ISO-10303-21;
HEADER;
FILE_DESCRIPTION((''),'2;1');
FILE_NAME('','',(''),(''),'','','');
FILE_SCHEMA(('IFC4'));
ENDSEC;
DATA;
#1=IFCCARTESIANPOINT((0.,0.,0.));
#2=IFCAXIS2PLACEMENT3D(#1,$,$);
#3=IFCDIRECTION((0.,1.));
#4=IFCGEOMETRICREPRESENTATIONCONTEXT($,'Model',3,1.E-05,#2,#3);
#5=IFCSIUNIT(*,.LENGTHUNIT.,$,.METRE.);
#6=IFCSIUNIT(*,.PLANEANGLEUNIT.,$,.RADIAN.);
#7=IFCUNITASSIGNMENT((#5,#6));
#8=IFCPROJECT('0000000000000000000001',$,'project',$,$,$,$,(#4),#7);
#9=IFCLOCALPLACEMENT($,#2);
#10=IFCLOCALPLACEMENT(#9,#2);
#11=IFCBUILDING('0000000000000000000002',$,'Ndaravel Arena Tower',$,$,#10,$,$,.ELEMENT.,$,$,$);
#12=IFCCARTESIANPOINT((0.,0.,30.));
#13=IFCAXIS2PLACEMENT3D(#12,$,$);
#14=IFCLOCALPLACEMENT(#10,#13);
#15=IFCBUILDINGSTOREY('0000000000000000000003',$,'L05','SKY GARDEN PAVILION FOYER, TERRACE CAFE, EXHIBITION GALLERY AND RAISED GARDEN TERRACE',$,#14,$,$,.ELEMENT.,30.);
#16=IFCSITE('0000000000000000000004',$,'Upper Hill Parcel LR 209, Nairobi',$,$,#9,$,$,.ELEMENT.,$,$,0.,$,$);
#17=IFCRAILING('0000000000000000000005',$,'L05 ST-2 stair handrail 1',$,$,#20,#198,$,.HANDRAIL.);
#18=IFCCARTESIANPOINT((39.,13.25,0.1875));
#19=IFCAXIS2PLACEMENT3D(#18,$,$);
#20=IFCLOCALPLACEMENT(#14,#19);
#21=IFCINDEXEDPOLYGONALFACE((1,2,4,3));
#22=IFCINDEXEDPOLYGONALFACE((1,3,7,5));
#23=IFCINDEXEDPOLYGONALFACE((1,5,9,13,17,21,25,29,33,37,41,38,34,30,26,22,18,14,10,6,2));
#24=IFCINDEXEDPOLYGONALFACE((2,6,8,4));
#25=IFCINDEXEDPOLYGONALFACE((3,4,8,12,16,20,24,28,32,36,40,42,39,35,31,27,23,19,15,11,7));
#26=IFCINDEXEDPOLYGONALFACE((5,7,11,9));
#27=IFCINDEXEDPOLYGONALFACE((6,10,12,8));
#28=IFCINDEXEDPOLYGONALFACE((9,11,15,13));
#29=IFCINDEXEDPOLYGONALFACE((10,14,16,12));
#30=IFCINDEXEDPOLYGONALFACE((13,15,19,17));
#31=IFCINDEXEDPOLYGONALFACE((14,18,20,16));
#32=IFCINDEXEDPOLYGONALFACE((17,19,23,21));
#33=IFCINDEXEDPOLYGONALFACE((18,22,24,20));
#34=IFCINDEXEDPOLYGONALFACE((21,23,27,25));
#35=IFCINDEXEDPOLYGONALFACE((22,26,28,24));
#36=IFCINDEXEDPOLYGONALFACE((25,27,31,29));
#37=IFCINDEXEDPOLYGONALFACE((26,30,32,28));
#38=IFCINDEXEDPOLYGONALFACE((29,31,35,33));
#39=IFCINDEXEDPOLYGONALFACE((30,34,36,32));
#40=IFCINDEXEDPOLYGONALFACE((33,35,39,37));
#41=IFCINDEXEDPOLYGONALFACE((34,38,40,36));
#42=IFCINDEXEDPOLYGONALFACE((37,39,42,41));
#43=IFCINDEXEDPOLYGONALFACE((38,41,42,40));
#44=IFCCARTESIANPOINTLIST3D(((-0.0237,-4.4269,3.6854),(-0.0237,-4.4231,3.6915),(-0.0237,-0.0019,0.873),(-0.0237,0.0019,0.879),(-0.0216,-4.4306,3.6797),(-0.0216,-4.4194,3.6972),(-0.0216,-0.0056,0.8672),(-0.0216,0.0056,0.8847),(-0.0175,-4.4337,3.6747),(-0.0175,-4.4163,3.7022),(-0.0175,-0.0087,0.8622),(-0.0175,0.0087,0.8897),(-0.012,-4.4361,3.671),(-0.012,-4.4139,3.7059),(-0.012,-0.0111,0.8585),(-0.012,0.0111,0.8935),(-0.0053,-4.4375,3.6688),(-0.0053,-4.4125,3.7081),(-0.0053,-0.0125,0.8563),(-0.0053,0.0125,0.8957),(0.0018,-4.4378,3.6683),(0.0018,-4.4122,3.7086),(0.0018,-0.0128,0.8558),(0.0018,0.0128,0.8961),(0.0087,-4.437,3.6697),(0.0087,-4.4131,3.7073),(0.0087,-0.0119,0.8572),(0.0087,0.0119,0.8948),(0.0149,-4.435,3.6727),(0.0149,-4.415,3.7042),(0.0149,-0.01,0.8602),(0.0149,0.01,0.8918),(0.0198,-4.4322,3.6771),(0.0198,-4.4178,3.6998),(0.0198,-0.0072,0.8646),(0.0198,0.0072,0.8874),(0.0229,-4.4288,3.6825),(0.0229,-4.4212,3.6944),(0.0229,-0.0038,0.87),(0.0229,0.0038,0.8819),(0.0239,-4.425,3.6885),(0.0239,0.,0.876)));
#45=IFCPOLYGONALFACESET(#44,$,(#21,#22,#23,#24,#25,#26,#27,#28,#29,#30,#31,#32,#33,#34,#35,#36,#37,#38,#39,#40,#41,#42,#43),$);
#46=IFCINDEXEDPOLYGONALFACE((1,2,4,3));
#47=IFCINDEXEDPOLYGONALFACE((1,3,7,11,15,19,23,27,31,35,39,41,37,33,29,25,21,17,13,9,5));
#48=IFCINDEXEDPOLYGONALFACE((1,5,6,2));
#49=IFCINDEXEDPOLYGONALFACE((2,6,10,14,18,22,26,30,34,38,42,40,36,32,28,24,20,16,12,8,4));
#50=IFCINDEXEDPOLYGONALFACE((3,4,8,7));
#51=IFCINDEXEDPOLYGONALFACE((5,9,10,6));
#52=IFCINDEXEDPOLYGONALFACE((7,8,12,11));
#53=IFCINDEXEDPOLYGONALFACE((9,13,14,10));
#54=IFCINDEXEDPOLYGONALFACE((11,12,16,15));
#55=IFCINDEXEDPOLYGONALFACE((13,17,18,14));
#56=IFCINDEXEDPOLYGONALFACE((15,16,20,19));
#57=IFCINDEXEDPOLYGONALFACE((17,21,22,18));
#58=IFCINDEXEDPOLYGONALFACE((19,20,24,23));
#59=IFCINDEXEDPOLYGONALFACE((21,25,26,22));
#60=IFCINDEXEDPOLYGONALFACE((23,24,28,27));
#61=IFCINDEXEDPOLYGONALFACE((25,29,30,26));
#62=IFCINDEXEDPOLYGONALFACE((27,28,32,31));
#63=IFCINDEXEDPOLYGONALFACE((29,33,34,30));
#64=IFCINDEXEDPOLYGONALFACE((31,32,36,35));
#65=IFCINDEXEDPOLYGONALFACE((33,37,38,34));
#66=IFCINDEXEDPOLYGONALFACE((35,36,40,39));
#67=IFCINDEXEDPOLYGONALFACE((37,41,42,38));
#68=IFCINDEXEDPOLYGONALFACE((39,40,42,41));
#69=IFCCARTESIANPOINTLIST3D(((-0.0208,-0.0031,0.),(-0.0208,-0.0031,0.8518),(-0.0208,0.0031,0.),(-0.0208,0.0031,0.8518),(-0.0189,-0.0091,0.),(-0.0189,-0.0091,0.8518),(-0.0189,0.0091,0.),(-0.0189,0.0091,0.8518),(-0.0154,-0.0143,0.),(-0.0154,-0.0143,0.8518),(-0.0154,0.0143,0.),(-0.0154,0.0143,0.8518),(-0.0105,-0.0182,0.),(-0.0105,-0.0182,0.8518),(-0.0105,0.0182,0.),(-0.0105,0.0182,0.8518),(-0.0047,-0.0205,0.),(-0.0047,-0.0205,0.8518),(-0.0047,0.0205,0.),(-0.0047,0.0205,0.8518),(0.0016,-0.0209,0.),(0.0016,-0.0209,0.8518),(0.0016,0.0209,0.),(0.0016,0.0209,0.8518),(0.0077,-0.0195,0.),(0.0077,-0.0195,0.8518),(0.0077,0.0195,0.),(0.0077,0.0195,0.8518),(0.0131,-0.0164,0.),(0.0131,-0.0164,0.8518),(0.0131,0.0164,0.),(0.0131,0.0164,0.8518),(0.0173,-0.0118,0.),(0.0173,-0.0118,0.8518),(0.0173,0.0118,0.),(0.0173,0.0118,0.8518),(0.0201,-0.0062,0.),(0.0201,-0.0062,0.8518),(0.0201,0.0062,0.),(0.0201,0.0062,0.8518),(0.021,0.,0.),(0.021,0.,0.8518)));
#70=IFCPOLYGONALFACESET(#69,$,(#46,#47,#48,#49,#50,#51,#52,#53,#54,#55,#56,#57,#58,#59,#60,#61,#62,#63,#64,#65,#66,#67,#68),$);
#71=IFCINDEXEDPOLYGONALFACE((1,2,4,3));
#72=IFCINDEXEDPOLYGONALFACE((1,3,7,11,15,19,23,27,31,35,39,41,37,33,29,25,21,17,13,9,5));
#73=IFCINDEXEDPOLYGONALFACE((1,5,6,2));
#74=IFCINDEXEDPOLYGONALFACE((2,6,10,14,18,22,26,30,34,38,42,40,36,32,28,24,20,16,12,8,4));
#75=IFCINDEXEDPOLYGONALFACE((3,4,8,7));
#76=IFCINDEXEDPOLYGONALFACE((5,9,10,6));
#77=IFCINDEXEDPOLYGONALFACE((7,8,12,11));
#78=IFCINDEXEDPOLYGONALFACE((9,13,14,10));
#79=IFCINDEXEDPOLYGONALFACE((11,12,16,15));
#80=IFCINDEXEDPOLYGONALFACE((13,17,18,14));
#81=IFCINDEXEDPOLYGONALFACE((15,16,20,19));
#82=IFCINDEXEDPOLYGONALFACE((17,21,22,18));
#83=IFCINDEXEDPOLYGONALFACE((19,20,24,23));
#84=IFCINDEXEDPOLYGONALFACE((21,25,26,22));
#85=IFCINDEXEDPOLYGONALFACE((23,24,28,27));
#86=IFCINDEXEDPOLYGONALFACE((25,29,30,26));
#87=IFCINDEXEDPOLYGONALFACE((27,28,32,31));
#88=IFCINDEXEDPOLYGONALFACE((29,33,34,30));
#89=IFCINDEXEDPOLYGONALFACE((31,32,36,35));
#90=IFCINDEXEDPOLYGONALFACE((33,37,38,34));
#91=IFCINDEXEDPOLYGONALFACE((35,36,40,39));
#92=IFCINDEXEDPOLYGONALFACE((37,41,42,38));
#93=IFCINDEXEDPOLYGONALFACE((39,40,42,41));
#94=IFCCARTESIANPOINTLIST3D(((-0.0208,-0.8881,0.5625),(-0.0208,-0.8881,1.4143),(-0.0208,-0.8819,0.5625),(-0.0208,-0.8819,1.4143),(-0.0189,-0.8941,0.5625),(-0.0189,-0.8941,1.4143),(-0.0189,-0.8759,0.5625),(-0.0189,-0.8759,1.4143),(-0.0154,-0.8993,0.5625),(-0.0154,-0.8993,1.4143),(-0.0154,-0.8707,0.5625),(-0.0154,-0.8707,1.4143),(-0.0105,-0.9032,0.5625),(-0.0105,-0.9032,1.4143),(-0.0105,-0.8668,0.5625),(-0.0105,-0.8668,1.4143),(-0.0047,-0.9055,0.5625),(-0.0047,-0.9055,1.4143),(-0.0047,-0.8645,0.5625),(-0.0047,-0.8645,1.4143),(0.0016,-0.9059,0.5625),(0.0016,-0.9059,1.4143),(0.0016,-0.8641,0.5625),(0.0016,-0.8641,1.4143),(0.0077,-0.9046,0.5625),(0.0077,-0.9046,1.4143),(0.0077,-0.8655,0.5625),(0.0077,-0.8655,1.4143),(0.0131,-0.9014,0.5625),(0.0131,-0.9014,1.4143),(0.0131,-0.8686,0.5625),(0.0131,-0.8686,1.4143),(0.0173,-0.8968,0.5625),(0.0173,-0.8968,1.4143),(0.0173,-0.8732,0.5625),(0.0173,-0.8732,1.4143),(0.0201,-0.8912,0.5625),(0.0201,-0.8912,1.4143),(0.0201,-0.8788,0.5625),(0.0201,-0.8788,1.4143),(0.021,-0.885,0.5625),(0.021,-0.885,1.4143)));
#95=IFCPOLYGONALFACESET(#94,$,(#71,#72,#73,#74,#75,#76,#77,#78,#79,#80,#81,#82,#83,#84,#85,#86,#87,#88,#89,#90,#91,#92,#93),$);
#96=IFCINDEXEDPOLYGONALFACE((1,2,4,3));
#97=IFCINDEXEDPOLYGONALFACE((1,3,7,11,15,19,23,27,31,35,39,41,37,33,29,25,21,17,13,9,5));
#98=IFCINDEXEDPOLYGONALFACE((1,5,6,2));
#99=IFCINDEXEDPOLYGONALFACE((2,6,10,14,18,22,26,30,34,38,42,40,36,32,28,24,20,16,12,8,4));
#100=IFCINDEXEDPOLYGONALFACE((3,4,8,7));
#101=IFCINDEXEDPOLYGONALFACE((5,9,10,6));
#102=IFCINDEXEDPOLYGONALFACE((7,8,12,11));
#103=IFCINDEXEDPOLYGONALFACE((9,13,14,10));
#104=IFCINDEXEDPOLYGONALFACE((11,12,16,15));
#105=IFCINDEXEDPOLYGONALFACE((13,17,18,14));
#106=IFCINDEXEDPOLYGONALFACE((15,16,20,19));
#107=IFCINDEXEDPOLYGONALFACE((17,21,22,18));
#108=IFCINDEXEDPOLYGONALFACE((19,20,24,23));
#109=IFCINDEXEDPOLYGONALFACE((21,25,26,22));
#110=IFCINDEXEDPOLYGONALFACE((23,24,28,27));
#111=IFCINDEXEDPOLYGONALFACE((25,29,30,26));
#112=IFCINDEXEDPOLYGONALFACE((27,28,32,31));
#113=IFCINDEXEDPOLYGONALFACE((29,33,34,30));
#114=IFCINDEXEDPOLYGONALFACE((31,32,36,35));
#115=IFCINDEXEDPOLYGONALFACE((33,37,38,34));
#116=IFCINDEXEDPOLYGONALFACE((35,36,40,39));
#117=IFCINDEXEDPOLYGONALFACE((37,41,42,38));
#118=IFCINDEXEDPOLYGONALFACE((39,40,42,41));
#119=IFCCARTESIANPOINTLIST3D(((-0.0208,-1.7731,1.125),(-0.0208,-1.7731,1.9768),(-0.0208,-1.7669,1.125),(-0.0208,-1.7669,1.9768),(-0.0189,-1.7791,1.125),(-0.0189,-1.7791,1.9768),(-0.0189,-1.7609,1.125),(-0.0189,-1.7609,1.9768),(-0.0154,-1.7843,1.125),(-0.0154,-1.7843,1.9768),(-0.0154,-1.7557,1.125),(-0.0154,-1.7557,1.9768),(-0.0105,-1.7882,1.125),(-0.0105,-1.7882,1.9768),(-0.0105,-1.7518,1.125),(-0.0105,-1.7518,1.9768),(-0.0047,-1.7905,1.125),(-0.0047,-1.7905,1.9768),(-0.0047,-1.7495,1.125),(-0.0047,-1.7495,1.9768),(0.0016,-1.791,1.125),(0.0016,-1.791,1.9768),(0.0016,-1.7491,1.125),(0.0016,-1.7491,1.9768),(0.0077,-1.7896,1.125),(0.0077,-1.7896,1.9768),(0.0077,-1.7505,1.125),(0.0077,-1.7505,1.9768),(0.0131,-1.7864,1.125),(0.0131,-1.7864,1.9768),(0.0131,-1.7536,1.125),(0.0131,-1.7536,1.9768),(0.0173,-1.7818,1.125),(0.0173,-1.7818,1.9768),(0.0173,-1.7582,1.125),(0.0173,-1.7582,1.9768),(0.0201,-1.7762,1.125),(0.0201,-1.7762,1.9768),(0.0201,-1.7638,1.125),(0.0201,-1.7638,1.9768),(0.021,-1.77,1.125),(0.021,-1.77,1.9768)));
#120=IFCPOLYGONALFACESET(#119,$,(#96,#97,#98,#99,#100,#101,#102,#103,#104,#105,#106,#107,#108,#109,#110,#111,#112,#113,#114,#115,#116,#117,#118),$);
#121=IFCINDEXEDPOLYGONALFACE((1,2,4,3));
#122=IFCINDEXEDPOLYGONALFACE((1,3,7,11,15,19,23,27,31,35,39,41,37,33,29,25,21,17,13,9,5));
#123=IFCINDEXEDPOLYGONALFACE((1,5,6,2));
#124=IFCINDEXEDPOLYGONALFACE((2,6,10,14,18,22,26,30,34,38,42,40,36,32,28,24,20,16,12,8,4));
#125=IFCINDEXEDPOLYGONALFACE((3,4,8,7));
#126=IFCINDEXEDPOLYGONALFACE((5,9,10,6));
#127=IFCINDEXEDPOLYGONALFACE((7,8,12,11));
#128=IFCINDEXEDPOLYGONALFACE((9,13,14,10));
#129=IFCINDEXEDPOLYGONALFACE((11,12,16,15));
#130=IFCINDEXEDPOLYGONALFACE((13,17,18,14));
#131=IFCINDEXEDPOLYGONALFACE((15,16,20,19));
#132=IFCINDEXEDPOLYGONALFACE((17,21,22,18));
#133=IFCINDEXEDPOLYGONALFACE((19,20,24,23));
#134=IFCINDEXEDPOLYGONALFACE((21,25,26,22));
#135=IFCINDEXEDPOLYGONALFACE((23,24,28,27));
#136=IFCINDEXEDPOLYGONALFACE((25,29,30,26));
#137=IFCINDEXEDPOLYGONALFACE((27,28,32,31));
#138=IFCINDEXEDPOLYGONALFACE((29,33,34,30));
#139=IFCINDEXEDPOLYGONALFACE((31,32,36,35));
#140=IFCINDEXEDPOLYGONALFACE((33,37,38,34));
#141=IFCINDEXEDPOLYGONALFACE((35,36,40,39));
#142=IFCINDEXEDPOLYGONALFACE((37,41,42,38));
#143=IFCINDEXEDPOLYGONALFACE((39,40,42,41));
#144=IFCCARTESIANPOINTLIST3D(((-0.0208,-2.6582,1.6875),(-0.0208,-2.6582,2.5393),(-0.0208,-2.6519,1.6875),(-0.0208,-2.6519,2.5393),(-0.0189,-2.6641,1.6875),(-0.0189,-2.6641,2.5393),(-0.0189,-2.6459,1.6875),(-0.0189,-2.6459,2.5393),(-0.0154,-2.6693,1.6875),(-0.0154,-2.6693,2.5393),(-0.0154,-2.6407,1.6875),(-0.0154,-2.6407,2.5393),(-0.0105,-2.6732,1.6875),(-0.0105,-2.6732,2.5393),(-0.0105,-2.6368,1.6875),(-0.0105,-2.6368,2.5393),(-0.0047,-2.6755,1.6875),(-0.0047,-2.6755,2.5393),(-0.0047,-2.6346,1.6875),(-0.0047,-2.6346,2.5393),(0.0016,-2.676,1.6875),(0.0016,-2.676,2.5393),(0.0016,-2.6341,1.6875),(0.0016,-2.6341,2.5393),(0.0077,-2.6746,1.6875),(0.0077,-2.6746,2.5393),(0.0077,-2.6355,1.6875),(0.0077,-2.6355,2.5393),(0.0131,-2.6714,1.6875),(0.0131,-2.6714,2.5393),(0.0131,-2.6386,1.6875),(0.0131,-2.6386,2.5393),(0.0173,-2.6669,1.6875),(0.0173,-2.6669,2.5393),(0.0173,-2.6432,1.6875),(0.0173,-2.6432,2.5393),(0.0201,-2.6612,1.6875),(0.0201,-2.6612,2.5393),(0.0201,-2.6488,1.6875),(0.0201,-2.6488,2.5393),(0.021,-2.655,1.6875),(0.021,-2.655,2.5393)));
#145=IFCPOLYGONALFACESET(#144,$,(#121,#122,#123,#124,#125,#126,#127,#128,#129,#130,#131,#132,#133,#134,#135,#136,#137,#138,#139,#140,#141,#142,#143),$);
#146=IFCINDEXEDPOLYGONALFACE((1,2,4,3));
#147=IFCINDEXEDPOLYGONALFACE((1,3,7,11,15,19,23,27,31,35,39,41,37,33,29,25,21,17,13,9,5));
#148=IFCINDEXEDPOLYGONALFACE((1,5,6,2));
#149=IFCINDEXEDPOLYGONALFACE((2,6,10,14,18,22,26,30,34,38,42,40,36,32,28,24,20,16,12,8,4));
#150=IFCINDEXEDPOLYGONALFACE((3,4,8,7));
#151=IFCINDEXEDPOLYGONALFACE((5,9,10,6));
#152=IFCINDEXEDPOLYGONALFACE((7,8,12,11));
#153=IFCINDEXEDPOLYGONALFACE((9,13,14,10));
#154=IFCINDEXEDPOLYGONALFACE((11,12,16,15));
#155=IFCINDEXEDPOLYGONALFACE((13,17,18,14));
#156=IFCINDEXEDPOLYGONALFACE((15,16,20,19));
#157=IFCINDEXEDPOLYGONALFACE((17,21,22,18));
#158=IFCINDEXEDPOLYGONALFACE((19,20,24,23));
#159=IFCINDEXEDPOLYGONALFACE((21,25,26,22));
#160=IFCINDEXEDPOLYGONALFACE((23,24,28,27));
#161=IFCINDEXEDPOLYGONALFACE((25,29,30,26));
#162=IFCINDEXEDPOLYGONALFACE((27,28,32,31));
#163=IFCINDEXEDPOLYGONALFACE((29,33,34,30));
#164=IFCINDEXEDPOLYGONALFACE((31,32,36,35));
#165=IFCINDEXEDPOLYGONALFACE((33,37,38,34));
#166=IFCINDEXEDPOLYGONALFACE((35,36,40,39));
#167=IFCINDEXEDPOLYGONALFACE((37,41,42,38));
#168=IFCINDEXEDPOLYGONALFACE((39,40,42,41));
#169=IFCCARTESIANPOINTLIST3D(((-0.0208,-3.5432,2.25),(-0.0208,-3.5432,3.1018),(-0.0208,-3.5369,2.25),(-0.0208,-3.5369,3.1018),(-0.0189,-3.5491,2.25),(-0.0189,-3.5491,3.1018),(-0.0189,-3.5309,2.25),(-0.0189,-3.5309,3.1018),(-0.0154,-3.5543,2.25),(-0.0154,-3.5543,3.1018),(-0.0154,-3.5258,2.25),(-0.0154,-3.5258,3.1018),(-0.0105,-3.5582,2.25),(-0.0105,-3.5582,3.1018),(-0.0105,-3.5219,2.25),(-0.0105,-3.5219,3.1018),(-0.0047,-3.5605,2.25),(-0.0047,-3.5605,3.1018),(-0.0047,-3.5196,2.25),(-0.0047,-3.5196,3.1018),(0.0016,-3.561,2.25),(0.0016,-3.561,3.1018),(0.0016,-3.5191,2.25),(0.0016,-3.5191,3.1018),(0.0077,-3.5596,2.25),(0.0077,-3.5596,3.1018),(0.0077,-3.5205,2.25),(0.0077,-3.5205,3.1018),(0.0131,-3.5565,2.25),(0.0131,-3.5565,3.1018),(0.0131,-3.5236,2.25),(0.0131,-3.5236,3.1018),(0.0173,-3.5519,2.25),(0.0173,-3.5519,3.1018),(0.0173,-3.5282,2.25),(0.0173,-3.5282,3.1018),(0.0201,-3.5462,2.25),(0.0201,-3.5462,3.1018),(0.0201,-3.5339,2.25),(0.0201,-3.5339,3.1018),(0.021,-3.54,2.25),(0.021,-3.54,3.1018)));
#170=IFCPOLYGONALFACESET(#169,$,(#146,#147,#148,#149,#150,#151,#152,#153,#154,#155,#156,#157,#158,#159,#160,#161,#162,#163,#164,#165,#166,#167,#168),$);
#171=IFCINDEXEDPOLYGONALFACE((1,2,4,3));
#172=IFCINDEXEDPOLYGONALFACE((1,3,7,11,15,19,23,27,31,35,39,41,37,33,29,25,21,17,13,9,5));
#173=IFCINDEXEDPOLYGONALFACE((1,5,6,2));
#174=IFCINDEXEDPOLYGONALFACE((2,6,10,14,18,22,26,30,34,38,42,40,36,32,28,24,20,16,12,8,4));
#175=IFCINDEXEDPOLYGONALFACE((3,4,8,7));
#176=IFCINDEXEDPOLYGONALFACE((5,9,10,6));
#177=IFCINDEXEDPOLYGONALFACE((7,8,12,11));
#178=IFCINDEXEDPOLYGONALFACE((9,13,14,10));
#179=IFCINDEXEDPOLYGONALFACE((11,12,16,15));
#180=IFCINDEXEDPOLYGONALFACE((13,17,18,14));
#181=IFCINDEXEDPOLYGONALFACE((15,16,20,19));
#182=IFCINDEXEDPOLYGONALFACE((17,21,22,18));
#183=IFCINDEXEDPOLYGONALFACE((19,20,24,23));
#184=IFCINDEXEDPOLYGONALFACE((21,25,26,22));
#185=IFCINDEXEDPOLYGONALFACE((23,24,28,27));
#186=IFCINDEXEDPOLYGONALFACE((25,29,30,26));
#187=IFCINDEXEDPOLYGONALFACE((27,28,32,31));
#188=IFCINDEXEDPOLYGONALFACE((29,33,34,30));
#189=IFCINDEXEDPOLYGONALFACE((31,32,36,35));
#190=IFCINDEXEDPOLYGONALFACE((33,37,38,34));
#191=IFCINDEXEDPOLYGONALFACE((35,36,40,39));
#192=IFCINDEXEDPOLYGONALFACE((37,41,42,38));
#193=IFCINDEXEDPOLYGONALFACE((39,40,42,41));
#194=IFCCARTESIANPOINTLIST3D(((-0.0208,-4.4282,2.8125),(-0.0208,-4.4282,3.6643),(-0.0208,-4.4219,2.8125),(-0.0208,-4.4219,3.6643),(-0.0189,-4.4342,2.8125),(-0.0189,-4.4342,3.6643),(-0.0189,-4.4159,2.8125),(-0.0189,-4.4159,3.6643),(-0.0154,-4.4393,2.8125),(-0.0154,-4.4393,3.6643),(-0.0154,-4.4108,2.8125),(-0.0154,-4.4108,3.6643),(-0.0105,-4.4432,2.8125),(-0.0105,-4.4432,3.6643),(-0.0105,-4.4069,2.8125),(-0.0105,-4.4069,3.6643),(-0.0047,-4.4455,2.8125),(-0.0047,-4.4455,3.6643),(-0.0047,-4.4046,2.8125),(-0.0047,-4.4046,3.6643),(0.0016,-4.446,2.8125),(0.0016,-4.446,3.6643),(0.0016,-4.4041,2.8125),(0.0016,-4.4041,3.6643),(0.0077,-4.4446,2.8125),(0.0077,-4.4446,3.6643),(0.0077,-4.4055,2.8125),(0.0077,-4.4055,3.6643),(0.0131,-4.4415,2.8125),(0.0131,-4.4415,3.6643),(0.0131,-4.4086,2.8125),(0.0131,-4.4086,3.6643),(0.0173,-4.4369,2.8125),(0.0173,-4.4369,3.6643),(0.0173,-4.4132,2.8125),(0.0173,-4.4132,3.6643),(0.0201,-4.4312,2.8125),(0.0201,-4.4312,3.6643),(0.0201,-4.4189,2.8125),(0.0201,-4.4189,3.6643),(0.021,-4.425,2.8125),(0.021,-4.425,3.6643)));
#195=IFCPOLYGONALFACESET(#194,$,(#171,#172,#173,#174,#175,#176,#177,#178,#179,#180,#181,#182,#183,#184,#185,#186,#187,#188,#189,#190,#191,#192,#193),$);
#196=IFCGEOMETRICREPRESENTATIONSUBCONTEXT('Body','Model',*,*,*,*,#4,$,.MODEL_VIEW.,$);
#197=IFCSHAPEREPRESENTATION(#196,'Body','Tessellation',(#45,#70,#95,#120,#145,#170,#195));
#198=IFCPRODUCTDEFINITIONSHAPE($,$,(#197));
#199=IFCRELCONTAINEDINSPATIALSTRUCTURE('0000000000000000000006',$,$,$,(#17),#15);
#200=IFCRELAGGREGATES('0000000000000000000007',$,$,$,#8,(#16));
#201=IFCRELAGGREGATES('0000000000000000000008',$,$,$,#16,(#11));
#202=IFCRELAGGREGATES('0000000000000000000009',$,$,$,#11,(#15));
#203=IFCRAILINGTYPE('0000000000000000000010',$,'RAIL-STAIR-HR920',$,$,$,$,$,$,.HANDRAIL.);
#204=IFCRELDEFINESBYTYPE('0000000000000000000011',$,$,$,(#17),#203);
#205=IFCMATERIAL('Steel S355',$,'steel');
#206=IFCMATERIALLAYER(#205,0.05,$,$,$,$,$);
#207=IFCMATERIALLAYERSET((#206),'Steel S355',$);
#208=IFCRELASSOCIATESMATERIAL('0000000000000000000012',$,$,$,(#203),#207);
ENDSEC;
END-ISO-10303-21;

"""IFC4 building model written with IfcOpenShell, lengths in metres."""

from ifc_helpers import new_model, si_unit, direction, frame, origin, origin_2d, place, context, subcontext, project, spatial, circle, extrude, material, layer, layer_set, type_object, element, save


model = new_model("IFC4")

# Units and contexts
model_context = context("Model", 3, precision=1e-05, world=origin(), true_north=direction((0.0, 1.0)))
body_context = subcontext(model_context, "Body", "Model", "MODEL_VIEW")
ifc_project = project(units=[si_unit("LENGTHUNIT", "METRE"), si_unit("PLANEANGLEUNIT", "RADIAN")], contexts=[model_context])

# Site, building, storey
site_placement = place(None, origin())
site = spatial("IfcSite", under=ifc_project, at=site_placement, Name="Upper Hill Parcel LR 209, Nairobi", CompositionType="ELEMENT", RefElevation=0.0)
building_placement = place(site_placement, origin())
building = spatial("IfcBuilding", under=site, at=building_placement, Name="Ndaravel Arena Tower", CompositionType="ELEMENT")
storey_placement = place(building_placement, frame((0.0, 0.0, 30.0)))
storey = spatial("IfcBuildingStorey", under=building, at=storey_placement, Name="L05", Description="SKY GARDEN PAVILION FOYER, TERRACE CAFE, EXHIBITION GALLERY AND RAISED GARDEN TERRACE", CompositionType="ELEMENT", Elevation=30.0)

# Railing
ifc_material_1 = material(Name="Steel S355", Category="steel")
ifc_layer_1 = layer(ifc_material_1, 0.05)
ifc_layer_set_1 = layer_set([ifc_layer_1], Name="Steel S355")
railing_type_1 = type_object("IfcRailingType", Name="RAIL-STAIR-HR920", PredefinedType="HANDRAIL", material=ifc_layer_set_1)
for number, where, name in (
    (1, (39.0, 13.25, 0.1875), "L05 ST-2 stair handrail 1"),
):
    element("IfcRailing", number, at=place(storey_placement, frame(where)), inside=storey, type_object=railing_type_1, Name=name, PredefinedType="HANDRAIL", context=body_context, shape_type="SweptSolid", body=[
        extrude(circle(Radius=0.0239, at=origin_2d()), frame((0.0, 0.0, 0.876), z_axis=(0.0, -0.843959, 0.536408), x_axis=(1.0, 0.0, 0.0)), (0.0, 0.0, 1.0), 5.2432),
        extrude(circle(Radius=0.021, at=origin_2d()), origin(), (0.0, 0.0, 1.0), 0.8518),
        extrude(circle(Radius=0.021, at=origin_2d()), frame((0.0, -0.885, 0.5625)), (0.0, 0.0, 1.0), 0.8518),
        extrude(circle(Radius=0.021, at=origin_2d()), frame((0.0, -1.77, 1.125)), (0.0, 0.0, 1.0), 0.8518),
        extrude(circle(Radius=0.021, at=origin_2d()), frame((0.0, -2.655, 1.6875)), (0.0, 0.0, 1.0), 0.8518),
        extrude(circle(Radius=0.021, at=origin_2d()), frame((0.0, -3.54, 2.25)), (0.0, 0.0, 1.0), 0.8518),
        extrude(circle(Radius=0.021, at=origin_2d()), frame((0.0, -4.425, 2.8125)), (0.0, 0.0, 1.0), 0.8518),
    ])

save(model, "model.ifc")
